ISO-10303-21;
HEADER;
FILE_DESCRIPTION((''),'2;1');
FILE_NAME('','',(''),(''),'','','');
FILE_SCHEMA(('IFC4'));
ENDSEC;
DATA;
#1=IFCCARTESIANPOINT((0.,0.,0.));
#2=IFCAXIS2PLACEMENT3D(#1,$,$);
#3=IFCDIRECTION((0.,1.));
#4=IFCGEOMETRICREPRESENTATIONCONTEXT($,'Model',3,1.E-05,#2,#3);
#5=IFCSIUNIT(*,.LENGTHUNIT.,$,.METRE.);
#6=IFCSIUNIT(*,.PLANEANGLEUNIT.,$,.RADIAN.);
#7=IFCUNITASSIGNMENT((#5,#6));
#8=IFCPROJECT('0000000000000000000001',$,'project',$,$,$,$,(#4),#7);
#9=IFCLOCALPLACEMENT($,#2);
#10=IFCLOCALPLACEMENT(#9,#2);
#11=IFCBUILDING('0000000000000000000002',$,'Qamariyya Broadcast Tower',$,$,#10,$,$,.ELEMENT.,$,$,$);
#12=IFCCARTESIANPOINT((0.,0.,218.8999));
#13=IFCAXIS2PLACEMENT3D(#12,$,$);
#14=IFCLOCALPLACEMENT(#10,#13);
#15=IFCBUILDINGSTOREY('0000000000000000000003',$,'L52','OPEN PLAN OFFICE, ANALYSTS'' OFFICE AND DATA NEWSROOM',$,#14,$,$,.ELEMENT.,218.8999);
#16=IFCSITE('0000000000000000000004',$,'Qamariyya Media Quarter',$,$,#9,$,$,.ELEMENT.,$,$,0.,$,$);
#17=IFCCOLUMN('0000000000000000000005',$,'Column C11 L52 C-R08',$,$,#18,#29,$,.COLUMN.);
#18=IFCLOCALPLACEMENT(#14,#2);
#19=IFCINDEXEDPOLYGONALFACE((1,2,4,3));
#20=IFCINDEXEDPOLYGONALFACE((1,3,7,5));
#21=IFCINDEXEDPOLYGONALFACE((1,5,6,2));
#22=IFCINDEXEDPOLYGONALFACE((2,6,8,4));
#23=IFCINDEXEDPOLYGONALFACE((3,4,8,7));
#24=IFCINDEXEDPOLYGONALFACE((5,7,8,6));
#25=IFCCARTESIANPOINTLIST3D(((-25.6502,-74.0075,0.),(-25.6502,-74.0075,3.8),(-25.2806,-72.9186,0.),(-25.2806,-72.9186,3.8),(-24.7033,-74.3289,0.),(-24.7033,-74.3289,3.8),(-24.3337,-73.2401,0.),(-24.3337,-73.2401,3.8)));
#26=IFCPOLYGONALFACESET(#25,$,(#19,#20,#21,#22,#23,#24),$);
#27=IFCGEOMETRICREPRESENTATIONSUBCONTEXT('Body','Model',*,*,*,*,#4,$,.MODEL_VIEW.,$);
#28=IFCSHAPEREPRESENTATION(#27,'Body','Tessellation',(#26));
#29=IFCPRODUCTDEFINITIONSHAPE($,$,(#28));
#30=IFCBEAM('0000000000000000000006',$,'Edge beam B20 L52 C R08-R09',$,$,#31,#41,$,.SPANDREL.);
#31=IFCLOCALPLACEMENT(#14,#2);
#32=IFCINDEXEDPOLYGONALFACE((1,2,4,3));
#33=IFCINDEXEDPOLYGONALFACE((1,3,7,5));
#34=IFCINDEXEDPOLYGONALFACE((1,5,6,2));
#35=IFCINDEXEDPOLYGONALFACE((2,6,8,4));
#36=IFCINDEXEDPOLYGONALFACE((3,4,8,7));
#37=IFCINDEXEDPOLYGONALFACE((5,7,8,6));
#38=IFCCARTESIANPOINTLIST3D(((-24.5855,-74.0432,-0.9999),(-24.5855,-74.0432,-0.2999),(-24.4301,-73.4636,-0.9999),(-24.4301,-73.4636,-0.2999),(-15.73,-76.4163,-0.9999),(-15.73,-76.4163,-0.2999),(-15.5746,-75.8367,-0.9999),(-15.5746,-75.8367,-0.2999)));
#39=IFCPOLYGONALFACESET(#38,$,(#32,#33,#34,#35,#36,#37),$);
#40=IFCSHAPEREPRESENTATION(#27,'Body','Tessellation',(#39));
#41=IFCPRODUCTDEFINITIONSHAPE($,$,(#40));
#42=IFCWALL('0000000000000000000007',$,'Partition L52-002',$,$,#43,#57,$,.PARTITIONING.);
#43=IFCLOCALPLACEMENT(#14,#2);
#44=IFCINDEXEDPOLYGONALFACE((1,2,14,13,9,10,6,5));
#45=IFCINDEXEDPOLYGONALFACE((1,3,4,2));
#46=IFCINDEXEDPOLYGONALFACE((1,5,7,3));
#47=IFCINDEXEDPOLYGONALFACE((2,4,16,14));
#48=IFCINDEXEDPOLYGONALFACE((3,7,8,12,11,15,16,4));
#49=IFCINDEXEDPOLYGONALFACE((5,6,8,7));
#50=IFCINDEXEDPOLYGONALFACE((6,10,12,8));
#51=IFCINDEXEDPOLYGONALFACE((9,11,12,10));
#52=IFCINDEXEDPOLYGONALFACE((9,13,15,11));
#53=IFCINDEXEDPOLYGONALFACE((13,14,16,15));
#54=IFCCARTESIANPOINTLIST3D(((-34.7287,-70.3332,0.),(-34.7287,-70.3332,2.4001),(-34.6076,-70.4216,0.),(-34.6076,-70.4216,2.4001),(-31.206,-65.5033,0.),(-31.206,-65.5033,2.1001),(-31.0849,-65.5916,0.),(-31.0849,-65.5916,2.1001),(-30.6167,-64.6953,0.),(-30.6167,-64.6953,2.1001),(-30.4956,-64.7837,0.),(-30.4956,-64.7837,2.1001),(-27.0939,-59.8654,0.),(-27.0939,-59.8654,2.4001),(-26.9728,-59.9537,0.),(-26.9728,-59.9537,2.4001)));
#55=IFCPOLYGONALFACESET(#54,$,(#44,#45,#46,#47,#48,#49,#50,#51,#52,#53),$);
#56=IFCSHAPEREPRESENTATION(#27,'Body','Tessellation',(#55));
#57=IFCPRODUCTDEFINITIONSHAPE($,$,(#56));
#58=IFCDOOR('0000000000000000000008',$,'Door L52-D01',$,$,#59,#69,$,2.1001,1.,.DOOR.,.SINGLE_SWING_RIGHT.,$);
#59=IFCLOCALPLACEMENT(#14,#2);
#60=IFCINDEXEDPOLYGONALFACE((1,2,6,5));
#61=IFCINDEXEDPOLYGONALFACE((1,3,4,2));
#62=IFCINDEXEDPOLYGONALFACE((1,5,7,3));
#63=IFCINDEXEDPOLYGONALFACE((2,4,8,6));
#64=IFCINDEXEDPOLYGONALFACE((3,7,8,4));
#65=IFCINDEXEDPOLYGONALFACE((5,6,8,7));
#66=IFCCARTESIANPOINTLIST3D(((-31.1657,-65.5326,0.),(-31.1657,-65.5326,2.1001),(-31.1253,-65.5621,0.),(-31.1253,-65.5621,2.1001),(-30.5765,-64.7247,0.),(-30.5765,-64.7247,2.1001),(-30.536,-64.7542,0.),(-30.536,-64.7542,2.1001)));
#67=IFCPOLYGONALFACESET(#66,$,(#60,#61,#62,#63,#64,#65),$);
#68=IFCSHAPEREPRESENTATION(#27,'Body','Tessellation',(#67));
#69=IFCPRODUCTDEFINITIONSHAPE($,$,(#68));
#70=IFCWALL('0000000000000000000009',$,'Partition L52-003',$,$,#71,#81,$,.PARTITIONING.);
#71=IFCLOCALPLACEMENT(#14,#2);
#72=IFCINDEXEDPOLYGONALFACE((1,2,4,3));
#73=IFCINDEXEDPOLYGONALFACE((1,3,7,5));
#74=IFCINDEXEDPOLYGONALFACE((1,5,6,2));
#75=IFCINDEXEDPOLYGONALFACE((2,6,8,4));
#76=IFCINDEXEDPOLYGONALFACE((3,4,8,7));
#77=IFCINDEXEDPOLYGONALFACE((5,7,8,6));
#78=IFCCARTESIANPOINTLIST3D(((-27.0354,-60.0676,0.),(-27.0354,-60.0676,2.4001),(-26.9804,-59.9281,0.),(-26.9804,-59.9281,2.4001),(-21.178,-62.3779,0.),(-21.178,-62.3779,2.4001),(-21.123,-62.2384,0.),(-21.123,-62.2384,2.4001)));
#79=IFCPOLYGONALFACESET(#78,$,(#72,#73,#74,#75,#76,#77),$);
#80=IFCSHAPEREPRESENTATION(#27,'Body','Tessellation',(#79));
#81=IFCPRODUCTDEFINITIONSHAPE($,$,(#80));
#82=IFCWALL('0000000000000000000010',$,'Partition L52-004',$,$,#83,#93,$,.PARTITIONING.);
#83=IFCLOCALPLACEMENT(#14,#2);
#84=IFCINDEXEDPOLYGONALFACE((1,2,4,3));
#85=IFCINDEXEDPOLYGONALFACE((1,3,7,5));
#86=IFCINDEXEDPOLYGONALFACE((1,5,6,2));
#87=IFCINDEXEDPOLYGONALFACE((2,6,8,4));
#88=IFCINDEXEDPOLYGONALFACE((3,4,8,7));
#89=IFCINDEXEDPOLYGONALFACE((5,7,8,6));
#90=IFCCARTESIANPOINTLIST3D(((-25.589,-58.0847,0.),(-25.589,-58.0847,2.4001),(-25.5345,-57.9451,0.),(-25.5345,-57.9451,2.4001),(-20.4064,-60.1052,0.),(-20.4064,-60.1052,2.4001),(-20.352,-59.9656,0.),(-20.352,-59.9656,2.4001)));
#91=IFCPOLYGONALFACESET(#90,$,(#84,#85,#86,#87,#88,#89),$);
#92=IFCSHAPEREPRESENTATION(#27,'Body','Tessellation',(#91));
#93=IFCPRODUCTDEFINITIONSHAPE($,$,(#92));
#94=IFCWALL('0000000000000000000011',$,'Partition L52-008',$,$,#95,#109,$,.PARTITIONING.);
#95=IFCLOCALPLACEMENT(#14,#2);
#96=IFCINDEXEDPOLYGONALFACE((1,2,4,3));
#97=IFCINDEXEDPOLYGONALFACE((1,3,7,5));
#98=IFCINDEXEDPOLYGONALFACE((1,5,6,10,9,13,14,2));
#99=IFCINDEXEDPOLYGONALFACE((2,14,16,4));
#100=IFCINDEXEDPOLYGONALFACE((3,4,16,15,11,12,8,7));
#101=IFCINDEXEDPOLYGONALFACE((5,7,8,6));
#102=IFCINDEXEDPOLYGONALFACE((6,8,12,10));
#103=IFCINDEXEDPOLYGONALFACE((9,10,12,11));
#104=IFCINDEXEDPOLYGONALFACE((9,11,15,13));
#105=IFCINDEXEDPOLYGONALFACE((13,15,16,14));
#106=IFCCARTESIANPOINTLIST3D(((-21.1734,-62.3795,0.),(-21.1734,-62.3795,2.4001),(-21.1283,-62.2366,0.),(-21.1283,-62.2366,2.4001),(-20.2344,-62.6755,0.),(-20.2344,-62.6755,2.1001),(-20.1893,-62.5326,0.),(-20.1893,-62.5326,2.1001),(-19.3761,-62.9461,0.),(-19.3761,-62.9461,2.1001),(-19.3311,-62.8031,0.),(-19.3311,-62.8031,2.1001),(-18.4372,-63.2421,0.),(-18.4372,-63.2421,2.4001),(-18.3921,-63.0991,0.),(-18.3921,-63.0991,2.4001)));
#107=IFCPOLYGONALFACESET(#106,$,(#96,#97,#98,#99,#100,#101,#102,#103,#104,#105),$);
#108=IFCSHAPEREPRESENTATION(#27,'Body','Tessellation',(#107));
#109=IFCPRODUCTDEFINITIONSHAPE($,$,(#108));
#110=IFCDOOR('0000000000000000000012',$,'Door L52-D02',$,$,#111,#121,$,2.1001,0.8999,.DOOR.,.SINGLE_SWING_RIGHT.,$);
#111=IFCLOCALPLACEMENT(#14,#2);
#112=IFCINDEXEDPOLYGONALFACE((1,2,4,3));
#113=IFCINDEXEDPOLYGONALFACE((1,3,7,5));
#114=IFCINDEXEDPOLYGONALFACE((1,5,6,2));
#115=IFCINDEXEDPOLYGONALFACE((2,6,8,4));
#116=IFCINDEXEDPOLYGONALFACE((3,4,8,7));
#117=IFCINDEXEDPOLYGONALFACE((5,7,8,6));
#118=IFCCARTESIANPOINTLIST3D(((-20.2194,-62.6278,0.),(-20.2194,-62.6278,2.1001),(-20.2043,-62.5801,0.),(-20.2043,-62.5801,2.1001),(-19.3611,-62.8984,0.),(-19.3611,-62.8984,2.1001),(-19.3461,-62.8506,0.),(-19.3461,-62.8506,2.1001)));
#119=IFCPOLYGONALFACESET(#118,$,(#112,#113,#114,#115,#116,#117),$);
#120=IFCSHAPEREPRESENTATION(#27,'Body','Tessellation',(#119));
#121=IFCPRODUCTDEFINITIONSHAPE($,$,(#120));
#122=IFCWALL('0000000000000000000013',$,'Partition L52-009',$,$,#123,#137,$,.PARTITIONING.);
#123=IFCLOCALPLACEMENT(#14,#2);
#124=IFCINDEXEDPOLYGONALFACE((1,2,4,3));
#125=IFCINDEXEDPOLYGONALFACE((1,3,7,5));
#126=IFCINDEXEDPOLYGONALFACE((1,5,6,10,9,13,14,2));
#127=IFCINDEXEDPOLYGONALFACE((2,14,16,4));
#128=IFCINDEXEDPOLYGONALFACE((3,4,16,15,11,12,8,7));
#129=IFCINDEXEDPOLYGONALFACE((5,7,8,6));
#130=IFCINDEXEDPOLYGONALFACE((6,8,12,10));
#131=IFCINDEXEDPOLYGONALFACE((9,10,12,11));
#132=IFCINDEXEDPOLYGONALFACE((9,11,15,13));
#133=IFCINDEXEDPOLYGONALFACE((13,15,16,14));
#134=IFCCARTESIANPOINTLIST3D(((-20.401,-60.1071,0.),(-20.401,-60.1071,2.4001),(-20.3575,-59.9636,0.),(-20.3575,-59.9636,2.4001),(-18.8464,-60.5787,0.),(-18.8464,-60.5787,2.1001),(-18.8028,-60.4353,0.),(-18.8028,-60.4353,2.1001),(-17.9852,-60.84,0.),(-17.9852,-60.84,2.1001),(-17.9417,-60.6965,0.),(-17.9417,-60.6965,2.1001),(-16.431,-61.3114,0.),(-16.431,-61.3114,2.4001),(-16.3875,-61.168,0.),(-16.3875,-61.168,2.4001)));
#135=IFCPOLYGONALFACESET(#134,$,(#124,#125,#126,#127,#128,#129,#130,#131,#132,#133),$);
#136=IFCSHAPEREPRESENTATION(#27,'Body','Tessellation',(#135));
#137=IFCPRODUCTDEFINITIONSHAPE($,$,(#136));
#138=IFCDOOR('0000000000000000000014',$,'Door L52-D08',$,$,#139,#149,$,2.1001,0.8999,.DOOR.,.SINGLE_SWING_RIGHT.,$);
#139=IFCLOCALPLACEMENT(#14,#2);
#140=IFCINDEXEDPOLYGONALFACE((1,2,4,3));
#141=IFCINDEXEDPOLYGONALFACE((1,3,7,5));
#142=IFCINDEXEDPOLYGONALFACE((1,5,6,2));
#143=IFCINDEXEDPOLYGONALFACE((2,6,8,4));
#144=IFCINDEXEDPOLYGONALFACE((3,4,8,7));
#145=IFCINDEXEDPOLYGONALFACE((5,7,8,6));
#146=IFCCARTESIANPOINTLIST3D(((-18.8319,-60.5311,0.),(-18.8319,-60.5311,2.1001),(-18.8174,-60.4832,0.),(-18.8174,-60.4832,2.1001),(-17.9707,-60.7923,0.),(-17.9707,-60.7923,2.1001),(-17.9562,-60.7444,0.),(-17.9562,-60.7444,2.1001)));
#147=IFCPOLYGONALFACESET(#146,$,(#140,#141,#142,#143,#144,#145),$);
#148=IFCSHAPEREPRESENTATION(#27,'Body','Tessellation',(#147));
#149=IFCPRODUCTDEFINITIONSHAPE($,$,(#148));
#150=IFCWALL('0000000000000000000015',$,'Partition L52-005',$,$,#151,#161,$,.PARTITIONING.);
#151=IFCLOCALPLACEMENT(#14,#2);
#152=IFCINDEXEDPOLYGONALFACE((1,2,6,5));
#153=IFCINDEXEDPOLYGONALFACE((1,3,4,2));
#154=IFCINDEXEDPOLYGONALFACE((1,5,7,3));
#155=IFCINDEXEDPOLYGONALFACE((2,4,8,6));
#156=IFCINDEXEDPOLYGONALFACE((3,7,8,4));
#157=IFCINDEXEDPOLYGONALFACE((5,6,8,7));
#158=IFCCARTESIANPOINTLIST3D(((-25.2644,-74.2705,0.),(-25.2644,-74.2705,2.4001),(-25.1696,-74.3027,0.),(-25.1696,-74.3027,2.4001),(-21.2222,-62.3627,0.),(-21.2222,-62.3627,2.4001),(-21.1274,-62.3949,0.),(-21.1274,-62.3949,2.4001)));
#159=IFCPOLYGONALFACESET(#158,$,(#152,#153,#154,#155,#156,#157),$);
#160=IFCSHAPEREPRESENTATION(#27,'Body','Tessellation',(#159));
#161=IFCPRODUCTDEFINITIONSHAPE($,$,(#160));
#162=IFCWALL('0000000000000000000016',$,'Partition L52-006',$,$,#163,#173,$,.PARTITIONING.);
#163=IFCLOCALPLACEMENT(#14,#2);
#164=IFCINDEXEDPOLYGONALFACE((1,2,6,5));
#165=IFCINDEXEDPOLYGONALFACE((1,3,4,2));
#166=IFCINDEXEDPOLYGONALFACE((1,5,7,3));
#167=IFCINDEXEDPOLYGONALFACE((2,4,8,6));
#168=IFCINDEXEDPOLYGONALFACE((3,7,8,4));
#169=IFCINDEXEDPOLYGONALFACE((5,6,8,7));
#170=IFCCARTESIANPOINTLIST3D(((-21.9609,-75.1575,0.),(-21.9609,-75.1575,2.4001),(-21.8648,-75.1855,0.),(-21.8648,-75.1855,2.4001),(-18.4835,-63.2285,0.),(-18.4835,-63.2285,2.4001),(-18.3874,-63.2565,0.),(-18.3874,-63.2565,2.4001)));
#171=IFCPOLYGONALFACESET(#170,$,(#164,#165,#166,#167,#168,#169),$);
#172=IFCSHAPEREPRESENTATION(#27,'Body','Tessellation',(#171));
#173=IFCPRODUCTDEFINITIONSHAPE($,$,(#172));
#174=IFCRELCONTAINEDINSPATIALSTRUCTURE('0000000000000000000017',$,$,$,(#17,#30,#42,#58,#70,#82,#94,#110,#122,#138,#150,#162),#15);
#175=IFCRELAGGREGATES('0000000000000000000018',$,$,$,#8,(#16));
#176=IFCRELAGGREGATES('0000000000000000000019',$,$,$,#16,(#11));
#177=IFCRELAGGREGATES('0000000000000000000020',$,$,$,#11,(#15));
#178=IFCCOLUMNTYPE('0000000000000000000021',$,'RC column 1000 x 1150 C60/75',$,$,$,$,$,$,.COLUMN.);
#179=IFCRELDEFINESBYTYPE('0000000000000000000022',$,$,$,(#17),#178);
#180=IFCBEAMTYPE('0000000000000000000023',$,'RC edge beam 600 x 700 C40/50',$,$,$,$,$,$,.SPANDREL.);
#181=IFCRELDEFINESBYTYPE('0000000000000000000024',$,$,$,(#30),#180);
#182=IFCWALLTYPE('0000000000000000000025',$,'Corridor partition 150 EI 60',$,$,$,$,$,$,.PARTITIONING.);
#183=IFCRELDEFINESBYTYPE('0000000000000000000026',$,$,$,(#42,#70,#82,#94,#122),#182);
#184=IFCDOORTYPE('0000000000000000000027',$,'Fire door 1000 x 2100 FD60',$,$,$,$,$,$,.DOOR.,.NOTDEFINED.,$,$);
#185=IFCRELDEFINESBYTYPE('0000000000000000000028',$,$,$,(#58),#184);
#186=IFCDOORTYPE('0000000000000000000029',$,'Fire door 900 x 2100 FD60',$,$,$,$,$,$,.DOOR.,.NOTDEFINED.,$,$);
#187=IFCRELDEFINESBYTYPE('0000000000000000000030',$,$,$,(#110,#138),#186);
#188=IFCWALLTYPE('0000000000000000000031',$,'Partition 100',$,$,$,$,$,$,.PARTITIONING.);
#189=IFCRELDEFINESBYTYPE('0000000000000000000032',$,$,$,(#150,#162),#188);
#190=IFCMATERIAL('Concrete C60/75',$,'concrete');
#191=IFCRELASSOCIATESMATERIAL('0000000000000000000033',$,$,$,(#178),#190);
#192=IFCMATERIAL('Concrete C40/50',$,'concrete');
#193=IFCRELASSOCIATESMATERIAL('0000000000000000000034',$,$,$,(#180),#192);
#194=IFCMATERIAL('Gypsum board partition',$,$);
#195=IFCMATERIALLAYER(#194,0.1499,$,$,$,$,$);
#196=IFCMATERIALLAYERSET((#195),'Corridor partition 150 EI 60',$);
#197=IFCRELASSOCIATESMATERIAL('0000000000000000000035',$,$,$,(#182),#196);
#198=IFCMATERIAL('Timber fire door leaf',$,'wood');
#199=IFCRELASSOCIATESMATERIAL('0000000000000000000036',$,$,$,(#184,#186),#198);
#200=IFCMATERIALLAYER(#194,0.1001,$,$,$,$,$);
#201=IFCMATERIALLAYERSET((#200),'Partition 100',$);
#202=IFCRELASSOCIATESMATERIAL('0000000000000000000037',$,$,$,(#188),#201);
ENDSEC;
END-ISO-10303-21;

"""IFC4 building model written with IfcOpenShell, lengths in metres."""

from ifc_helpers import new_model, si_unit, direction, frame, frame_2d, origin, origin_2d, place, context, subcontext, project, spatial, rectangle, extrude, material, layer, layer_set, material_profile, profile_set, type_object, element, fill, save


model = new_model("IFC4")

# Units and contexts
model_context = context("Model", 3, precision=1e-05, world=origin(), true_north=direction((0.0, 1.0)))
body_context = subcontext(model_context, "Body", "Model", "MODEL_VIEW")
ifc_project = project(units=[si_unit("LENGTHUNIT", "METRE"), si_unit("PLANEANGLEUNIT", "RADIAN")], contexts=[model_context])

# Site, building, storey
site_placement = place(None, origin())
site = spatial("IfcSite", under=ifc_project, at=site_placement, Name="Qamariyya Media Quarter", CompositionType="ELEMENT", RefElevation=0.0)
building_placement = place(site_placement, origin())
building = spatial("IfcBuilding", under=site, at=building_placement, Name="Qamariyya Broadcast Tower", CompositionType="ELEMENT")
storey_placement = place(building_placement, frame((0.0, 0.0, 218.8999)))
storey = spatial("IfcBuildingStorey", under=building, at=storey_placement, Name="L52", Description="OPEN PLAN OFFICE, ANALYSTS' OFFICE AND DATA NEWSROOM", CompositionType="ELEMENT", Elevation=218.8999)

# Column
ifc_material_1 = material(Name="Concrete C60/75", Category="concrete")
ifc_material_profile_1 = material_profile(ifc_material_1, rectangle(XDim=1.0, YDim=1.1499, at=origin_2d()))
ifc_profile_set_1 = profile_set([ifc_material_profile_1], Name="Concrete C60/75")
column_type = type_object("IfcColumnType", Name="RC column 1000 x 1150 C60/75", PredefinedType="COLUMN", material=ifc_profile_set_1)
column_placement = place(storey_placement, frame((-24.9919, -73.6238, 0.0), z_axis=(0.0, 0.0, 1.0), x_axis=(0.94693, -0.321439, 0.0)))
element("IfcColumn", 1, at=column_placement, inside=storey, type_object=column_type, Name="Column C11 L52 C-R08", PredefinedType="COLUMN", context=body_context, shape_type="SweptSolid", body=[
    extrude(rectangle(XDim=1.0, YDim=1.1499, at=origin_2d()), origin(), (0.0, 0.0, 1.0), 3.8),
])

# Beam
ifc_material_2 = material(Name="Concrete C40/50", Category="concrete")
ifc_material_profile_2 = material_profile(ifc_material_2, rectangle(XDim=0.6001, YDim=0.7, at=origin_2d()))
ifc_profile_set_2 = profile_set([ifc_material_profile_2], Name="Concrete C40/50")
beam_type = type_object("IfcBeamType", Name="RC edge beam 600 x 700 C40/50", PredefinedType="SPANDREL", material=ifc_profile_set_2)
beam_placement = place(storey_placement, frame((-24.5078, -73.7534, -0.6499), z_axis=(0.96592, -0.258843, 0.0), x_axis=(0.258843, 0.96592, 0.0)))
element("IfcBeam", 2, at=beam_placement, inside=storey, type_object=beam_type, Name="Edge beam B20 L52 C R08-R09", PredefinedType="SPANDREL", context=body_context, shape_type="SweptSolid", body=[
    extrude(rectangle(XDim=0.6001, YDim=0.7, at=origin_2d()), origin(), (0.0, 0.0, 1.0), 9.168),
])

# Wall, opening, door
ifc_material_3 = material(Name="Gypsum board partition")
ifc_layer_1 = layer(ifc_material_3, 0.1499)
ifc_layer_set_1 = layer_set([ifc_layer_1], Name="Corridor partition 150 EI 60")
wall_type_1 = type_object("IfcWallType", Name="Corridor partition 150 EI 60", PredefinedType="PARTITIONING", material=ifc_layer_set_1)
wall_1_placement = place(storey_placement, frame((-27.0334, -59.9097, 0.0), z_axis=(0.0, 0.0, 1.0), x_axis=(-0.589274, -0.807934, 0.0)))
wall_1 = element("IfcWall", 3, at=wall_1_placement, inside=storey, type_object=wall_type_1, Name="Partition L52-002", PredefinedType="PARTITIONING", context=body_context, shape_type="SweptSolid", body=[
    extrude(rectangle(XDim=12.9563, YDim=0.1499, at=frame_2d((6.478, 0.0))), origin(), (0.0, 0.0, 1.0), 2.4001),
])
opening_1_placement = place(wall_1_placement, frame((5.978, 0.0, 0.0)))
opening_1 = element("IfcOpeningElement", 4, at=opening_1_placement, cuts=wall_1, PredefinedType="OPENING", context=body_context, shape_type="SweptSolid", body=[
    extrude(rectangle(XDim=1.0, YDim=2.1001, at=frame_2d((0.5, 1.05))), frame((0.0, 0.085, 0.0), z_axis=(0.0, -1.0, 0.0), x_axis=(1.0, 0.0, 0.0)), (0.0, 0.0, 1.0), 0.1699),
])
ifc_material_4 = material(Name="Timber fire door leaf", Category="wood")
door_type_1 = type_object("IfcDoorType", Name="Fire door 1000 x 2100 FD60", OperationType="NOTDEFINED", PredefinedType="DOOR", material=ifc_material_4)
door_1_placement = place(opening_1_placement, origin())
door_1 = element("IfcDoor", 5, at=door_1_placement, inside=storey, type_object=door_type_1, Name="Door L52-D01", OperationType="SINGLE_SWING_RIGHT", OverallHeight=2.1001, OverallWidth=1.0, PredefinedType="DOOR", context=body_context, shape_type="SweptSolid", body=[
    extrude(rectangle(XDim=1.0, YDim=2.1001, at=frame_2d((0.5, 1.05))), frame((0.0, 0.0249, 0.0), z_axis=(0.0, -1.0, 0.0), x_axis=(1.0, 0.0, 0.0)), (0.0, 0.0, 1.0), 0.05),
])
fill(opening_1, door_1)

# Walls
wall_2_placement = place(storey_placement, frame((-27.0081, -59.9978, 0.0), z_axis=(0.0, 0.0, 1.0), x_axis=(0.930255, -0.366914, 0.0)))
element("IfcWall", 6, at=wall_2_placement, inside=storey, type_object=wall_type_1, Name="Partition L52-003", PredefinedType="PARTITIONING", context=body_context, shape_type="SweptSolid", body=[
    extrude(rectangle(XDim=6.2966, YDim=0.1499, at=frame_2d((3.1484, 0.0))), origin(), (0.0, 0.0, 1.0), 2.4001),
])
wall_3_placement = place(storey_placement, frame((-25.5618, -58.0149, 0.0), z_axis=(0.0, 0.0, 1.0), x_axis=(0.931698, -0.363234, 0.0)))
element("IfcWall", 7, at=wall_3_placement, inside=storey, type_object=wall_type_1, Name="Partition L52-004", PredefinedType="PARTITIONING", context=body_context, shape_type="SweptSolid", body=[
    extrude(rectangle(XDim=5.5625, YDim=0.1499, at=frame_2d((2.7812, 0.0))), origin(), (0.0, 0.0, 1.0), 2.4001),
])

# Walls, openings, doors
wall_4_placement = place(storey_placement, frame((-18.4146, -63.1707, 0.0), z_axis=(0.0, 0.0, 1.0), x_axis=(-0.95373, 0.300663, 0.0)))
wall_4 = element("IfcWall", 8, at=wall_4_placement, inside=storey, type_object=wall_type_1, Name="Partition L52-008", PredefinedType="PARTITIONING", context=body_context, shape_type="SweptSolid", body=[
    extrude(rectangle(XDim=2.8689, YDim=0.1499, at=frame_2d((1.4346, 0.0))), origin(), (0.0, 0.0, 1.0), 2.4001),
])
opening_2_placement = place(wall_4_placement, frame((0.9846, 0.0, 0.0)))
opening_2 = element("IfcOpeningElement", 9, at=opening_2_placement, cuts=wall_4, PredefinedType="OPENING", context=body_context, shape_type="SweptSolid", body=[
    extrude(rectangle(XDim=0.8999, YDim=2.1001, at=frame_2d((0.45, 1.05))), frame((0.0, 0.085, 0.0), z_axis=(0.0, -1.0, 0.0), x_axis=(1.0, 0.0, 0.0)), (0.0, 0.0, 1.0), 0.1699),
])
door_type_2 = type_object("IfcDoorType", Name="Fire door 900 x 2100 FD60", OperationType="NOTDEFINED", PredefinedType="DOOR", material=ifc_material_4)
door_2_placement = place(opening_2_placement, origin())
door_2 = element("IfcDoor", 10, at=door_2_placement, inside=storey, type_object=door_type_2, Name="Door L52-D02", OperationType="SINGLE_SWING_RIGHT", OverallHeight=2.1001, OverallWidth=0.8999, PredefinedType="DOOR", context=body_context, shape_type="SweptSolid", body=[
    extrude(rectangle(XDim=0.8999, YDim=2.1001, at=frame_2d((0.45, 1.05))), frame((0.0, 0.0249, 0.0), z_axis=(0.0, -1.0, 0.0), x_axis=(1.0, 0.0, 0.0)), (0.0, 0.0, 1.0), 0.05),
])
fill(opening_2, door_2)
wall_5_placement = place(storey_placement, frame((-20.3792, -60.0354, 0.0), z_axis=(0.0, 0.0, 1.0), x_axis=(0.956936, -0.2903, 0.0)))
wall_5 = element("IfcWall", 11, at=wall_5_placement, inside=storey, type_object=wall_type_1, Name="Partition L52-009", PredefinedType="PARTITIONING", context=body_context, shape_type="SweptSolid", body=[
    extrude(rectangle(XDim=4.1487, YDim=0.1499, at=frame_2d((2.0742, 0.0))), origin(), (0.0, 0.0, 1.0), 2.4001),
])
opening_3_placement = place(wall_5_placement, frame((1.6245, 0.0, 0.0)))
opening_3 = element("IfcOpeningElement", 12, at=opening_3_placement, cuts=wall_5, PredefinedType="OPENING", context=body_context, shape_type="SweptSolid", body=[
    extrude(rectangle(XDim=0.8999, YDim=2.1001, at=frame_2d((0.45, 1.05))), frame((0.0, 0.085, 0.0), z_axis=(0.0, -1.0, 0.0), x_axis=(1.0, 0.0, 0.0)), (0.0, 0.0, 1.0), 0.1699),
])
door_3_placement = place(opening_3_placement, origin())
door_3 = element("IfcDoor", 13, at=door_3_placement, inside=storey, type_object=door_type_2, Name="Door L52-D08", OperationType="SINGLE_SWING_RIGHT", OverallHeight=2.1001, OverallWidth=0.8999, PredefinedType="DOOR", context=body_context, shape_type="SweptSolid", body=[
    extrude(rectangle(XDim=0.8999, YDim=2.1001, at=frame_2d((0.45, 1.05))), frame((0.0, 0.0249, 0.0), z_axis=(0.0, -1.0, 0.0), x_axis=(1.0, 0.0, 0.0)), (0.0, 0.0, 1.0), 0.05),
])
fill(opening_3, door_3)

# Walls
ifc_layer_2 = layer(ifc_material_3, 0.1001)
ifc_layer_set_2 = layer_set([ifc_layer_2], Name="Partition 100")
wall_type_2 = type_object("IfcWallType", Name="Partition 100", PredefinedType="PARTITIONING", material=ifc_layer_set_2)
wall_6_placement = place(storey_placement, frame((-25.217, -74.2866, 0.0), z_axis=(0.0, 0.0, 1.0), x_axis=(0.321447, 0.946927, 0.0)))
element("IfcWall", 14, at=wall_6_placement, inside=storey, type_object=wall_type_2, Name="Partition L52-005", PredefinedType="PARTITIONING", context=body_context, shape_type="SweptSolid", body=[
    extrude(rectangle(XDim=12.5752, YDim=0.1001, at=frame_2d((6.2876, 0.0))), origin(), (0.0, 0.0, 1.0), 2.4001),
])
wall_7_placement = place(storey_placement, frame((-21.9128, -75.1716, 0.0), z_axis=(0.0, 0.0, 1.0), x_axis=(0.279853, 0.960043, 0.0)))
element("IfcWall", 15, at=wall_7_placement, inside=storey, type_object=wall_type_2, Name="Partition L52-006", PredefinedType="PARTITIONING", context=body_context, shape_type="SweptSolid", body=[
    extrude(rectangle(XDim=12.4255, YDim=0.1001, at=frame_2d((6.2129, 0.0))), origin(), (0.0, 0.0, 1.0), 2.4001),
])

save(model, "model.ifc")
